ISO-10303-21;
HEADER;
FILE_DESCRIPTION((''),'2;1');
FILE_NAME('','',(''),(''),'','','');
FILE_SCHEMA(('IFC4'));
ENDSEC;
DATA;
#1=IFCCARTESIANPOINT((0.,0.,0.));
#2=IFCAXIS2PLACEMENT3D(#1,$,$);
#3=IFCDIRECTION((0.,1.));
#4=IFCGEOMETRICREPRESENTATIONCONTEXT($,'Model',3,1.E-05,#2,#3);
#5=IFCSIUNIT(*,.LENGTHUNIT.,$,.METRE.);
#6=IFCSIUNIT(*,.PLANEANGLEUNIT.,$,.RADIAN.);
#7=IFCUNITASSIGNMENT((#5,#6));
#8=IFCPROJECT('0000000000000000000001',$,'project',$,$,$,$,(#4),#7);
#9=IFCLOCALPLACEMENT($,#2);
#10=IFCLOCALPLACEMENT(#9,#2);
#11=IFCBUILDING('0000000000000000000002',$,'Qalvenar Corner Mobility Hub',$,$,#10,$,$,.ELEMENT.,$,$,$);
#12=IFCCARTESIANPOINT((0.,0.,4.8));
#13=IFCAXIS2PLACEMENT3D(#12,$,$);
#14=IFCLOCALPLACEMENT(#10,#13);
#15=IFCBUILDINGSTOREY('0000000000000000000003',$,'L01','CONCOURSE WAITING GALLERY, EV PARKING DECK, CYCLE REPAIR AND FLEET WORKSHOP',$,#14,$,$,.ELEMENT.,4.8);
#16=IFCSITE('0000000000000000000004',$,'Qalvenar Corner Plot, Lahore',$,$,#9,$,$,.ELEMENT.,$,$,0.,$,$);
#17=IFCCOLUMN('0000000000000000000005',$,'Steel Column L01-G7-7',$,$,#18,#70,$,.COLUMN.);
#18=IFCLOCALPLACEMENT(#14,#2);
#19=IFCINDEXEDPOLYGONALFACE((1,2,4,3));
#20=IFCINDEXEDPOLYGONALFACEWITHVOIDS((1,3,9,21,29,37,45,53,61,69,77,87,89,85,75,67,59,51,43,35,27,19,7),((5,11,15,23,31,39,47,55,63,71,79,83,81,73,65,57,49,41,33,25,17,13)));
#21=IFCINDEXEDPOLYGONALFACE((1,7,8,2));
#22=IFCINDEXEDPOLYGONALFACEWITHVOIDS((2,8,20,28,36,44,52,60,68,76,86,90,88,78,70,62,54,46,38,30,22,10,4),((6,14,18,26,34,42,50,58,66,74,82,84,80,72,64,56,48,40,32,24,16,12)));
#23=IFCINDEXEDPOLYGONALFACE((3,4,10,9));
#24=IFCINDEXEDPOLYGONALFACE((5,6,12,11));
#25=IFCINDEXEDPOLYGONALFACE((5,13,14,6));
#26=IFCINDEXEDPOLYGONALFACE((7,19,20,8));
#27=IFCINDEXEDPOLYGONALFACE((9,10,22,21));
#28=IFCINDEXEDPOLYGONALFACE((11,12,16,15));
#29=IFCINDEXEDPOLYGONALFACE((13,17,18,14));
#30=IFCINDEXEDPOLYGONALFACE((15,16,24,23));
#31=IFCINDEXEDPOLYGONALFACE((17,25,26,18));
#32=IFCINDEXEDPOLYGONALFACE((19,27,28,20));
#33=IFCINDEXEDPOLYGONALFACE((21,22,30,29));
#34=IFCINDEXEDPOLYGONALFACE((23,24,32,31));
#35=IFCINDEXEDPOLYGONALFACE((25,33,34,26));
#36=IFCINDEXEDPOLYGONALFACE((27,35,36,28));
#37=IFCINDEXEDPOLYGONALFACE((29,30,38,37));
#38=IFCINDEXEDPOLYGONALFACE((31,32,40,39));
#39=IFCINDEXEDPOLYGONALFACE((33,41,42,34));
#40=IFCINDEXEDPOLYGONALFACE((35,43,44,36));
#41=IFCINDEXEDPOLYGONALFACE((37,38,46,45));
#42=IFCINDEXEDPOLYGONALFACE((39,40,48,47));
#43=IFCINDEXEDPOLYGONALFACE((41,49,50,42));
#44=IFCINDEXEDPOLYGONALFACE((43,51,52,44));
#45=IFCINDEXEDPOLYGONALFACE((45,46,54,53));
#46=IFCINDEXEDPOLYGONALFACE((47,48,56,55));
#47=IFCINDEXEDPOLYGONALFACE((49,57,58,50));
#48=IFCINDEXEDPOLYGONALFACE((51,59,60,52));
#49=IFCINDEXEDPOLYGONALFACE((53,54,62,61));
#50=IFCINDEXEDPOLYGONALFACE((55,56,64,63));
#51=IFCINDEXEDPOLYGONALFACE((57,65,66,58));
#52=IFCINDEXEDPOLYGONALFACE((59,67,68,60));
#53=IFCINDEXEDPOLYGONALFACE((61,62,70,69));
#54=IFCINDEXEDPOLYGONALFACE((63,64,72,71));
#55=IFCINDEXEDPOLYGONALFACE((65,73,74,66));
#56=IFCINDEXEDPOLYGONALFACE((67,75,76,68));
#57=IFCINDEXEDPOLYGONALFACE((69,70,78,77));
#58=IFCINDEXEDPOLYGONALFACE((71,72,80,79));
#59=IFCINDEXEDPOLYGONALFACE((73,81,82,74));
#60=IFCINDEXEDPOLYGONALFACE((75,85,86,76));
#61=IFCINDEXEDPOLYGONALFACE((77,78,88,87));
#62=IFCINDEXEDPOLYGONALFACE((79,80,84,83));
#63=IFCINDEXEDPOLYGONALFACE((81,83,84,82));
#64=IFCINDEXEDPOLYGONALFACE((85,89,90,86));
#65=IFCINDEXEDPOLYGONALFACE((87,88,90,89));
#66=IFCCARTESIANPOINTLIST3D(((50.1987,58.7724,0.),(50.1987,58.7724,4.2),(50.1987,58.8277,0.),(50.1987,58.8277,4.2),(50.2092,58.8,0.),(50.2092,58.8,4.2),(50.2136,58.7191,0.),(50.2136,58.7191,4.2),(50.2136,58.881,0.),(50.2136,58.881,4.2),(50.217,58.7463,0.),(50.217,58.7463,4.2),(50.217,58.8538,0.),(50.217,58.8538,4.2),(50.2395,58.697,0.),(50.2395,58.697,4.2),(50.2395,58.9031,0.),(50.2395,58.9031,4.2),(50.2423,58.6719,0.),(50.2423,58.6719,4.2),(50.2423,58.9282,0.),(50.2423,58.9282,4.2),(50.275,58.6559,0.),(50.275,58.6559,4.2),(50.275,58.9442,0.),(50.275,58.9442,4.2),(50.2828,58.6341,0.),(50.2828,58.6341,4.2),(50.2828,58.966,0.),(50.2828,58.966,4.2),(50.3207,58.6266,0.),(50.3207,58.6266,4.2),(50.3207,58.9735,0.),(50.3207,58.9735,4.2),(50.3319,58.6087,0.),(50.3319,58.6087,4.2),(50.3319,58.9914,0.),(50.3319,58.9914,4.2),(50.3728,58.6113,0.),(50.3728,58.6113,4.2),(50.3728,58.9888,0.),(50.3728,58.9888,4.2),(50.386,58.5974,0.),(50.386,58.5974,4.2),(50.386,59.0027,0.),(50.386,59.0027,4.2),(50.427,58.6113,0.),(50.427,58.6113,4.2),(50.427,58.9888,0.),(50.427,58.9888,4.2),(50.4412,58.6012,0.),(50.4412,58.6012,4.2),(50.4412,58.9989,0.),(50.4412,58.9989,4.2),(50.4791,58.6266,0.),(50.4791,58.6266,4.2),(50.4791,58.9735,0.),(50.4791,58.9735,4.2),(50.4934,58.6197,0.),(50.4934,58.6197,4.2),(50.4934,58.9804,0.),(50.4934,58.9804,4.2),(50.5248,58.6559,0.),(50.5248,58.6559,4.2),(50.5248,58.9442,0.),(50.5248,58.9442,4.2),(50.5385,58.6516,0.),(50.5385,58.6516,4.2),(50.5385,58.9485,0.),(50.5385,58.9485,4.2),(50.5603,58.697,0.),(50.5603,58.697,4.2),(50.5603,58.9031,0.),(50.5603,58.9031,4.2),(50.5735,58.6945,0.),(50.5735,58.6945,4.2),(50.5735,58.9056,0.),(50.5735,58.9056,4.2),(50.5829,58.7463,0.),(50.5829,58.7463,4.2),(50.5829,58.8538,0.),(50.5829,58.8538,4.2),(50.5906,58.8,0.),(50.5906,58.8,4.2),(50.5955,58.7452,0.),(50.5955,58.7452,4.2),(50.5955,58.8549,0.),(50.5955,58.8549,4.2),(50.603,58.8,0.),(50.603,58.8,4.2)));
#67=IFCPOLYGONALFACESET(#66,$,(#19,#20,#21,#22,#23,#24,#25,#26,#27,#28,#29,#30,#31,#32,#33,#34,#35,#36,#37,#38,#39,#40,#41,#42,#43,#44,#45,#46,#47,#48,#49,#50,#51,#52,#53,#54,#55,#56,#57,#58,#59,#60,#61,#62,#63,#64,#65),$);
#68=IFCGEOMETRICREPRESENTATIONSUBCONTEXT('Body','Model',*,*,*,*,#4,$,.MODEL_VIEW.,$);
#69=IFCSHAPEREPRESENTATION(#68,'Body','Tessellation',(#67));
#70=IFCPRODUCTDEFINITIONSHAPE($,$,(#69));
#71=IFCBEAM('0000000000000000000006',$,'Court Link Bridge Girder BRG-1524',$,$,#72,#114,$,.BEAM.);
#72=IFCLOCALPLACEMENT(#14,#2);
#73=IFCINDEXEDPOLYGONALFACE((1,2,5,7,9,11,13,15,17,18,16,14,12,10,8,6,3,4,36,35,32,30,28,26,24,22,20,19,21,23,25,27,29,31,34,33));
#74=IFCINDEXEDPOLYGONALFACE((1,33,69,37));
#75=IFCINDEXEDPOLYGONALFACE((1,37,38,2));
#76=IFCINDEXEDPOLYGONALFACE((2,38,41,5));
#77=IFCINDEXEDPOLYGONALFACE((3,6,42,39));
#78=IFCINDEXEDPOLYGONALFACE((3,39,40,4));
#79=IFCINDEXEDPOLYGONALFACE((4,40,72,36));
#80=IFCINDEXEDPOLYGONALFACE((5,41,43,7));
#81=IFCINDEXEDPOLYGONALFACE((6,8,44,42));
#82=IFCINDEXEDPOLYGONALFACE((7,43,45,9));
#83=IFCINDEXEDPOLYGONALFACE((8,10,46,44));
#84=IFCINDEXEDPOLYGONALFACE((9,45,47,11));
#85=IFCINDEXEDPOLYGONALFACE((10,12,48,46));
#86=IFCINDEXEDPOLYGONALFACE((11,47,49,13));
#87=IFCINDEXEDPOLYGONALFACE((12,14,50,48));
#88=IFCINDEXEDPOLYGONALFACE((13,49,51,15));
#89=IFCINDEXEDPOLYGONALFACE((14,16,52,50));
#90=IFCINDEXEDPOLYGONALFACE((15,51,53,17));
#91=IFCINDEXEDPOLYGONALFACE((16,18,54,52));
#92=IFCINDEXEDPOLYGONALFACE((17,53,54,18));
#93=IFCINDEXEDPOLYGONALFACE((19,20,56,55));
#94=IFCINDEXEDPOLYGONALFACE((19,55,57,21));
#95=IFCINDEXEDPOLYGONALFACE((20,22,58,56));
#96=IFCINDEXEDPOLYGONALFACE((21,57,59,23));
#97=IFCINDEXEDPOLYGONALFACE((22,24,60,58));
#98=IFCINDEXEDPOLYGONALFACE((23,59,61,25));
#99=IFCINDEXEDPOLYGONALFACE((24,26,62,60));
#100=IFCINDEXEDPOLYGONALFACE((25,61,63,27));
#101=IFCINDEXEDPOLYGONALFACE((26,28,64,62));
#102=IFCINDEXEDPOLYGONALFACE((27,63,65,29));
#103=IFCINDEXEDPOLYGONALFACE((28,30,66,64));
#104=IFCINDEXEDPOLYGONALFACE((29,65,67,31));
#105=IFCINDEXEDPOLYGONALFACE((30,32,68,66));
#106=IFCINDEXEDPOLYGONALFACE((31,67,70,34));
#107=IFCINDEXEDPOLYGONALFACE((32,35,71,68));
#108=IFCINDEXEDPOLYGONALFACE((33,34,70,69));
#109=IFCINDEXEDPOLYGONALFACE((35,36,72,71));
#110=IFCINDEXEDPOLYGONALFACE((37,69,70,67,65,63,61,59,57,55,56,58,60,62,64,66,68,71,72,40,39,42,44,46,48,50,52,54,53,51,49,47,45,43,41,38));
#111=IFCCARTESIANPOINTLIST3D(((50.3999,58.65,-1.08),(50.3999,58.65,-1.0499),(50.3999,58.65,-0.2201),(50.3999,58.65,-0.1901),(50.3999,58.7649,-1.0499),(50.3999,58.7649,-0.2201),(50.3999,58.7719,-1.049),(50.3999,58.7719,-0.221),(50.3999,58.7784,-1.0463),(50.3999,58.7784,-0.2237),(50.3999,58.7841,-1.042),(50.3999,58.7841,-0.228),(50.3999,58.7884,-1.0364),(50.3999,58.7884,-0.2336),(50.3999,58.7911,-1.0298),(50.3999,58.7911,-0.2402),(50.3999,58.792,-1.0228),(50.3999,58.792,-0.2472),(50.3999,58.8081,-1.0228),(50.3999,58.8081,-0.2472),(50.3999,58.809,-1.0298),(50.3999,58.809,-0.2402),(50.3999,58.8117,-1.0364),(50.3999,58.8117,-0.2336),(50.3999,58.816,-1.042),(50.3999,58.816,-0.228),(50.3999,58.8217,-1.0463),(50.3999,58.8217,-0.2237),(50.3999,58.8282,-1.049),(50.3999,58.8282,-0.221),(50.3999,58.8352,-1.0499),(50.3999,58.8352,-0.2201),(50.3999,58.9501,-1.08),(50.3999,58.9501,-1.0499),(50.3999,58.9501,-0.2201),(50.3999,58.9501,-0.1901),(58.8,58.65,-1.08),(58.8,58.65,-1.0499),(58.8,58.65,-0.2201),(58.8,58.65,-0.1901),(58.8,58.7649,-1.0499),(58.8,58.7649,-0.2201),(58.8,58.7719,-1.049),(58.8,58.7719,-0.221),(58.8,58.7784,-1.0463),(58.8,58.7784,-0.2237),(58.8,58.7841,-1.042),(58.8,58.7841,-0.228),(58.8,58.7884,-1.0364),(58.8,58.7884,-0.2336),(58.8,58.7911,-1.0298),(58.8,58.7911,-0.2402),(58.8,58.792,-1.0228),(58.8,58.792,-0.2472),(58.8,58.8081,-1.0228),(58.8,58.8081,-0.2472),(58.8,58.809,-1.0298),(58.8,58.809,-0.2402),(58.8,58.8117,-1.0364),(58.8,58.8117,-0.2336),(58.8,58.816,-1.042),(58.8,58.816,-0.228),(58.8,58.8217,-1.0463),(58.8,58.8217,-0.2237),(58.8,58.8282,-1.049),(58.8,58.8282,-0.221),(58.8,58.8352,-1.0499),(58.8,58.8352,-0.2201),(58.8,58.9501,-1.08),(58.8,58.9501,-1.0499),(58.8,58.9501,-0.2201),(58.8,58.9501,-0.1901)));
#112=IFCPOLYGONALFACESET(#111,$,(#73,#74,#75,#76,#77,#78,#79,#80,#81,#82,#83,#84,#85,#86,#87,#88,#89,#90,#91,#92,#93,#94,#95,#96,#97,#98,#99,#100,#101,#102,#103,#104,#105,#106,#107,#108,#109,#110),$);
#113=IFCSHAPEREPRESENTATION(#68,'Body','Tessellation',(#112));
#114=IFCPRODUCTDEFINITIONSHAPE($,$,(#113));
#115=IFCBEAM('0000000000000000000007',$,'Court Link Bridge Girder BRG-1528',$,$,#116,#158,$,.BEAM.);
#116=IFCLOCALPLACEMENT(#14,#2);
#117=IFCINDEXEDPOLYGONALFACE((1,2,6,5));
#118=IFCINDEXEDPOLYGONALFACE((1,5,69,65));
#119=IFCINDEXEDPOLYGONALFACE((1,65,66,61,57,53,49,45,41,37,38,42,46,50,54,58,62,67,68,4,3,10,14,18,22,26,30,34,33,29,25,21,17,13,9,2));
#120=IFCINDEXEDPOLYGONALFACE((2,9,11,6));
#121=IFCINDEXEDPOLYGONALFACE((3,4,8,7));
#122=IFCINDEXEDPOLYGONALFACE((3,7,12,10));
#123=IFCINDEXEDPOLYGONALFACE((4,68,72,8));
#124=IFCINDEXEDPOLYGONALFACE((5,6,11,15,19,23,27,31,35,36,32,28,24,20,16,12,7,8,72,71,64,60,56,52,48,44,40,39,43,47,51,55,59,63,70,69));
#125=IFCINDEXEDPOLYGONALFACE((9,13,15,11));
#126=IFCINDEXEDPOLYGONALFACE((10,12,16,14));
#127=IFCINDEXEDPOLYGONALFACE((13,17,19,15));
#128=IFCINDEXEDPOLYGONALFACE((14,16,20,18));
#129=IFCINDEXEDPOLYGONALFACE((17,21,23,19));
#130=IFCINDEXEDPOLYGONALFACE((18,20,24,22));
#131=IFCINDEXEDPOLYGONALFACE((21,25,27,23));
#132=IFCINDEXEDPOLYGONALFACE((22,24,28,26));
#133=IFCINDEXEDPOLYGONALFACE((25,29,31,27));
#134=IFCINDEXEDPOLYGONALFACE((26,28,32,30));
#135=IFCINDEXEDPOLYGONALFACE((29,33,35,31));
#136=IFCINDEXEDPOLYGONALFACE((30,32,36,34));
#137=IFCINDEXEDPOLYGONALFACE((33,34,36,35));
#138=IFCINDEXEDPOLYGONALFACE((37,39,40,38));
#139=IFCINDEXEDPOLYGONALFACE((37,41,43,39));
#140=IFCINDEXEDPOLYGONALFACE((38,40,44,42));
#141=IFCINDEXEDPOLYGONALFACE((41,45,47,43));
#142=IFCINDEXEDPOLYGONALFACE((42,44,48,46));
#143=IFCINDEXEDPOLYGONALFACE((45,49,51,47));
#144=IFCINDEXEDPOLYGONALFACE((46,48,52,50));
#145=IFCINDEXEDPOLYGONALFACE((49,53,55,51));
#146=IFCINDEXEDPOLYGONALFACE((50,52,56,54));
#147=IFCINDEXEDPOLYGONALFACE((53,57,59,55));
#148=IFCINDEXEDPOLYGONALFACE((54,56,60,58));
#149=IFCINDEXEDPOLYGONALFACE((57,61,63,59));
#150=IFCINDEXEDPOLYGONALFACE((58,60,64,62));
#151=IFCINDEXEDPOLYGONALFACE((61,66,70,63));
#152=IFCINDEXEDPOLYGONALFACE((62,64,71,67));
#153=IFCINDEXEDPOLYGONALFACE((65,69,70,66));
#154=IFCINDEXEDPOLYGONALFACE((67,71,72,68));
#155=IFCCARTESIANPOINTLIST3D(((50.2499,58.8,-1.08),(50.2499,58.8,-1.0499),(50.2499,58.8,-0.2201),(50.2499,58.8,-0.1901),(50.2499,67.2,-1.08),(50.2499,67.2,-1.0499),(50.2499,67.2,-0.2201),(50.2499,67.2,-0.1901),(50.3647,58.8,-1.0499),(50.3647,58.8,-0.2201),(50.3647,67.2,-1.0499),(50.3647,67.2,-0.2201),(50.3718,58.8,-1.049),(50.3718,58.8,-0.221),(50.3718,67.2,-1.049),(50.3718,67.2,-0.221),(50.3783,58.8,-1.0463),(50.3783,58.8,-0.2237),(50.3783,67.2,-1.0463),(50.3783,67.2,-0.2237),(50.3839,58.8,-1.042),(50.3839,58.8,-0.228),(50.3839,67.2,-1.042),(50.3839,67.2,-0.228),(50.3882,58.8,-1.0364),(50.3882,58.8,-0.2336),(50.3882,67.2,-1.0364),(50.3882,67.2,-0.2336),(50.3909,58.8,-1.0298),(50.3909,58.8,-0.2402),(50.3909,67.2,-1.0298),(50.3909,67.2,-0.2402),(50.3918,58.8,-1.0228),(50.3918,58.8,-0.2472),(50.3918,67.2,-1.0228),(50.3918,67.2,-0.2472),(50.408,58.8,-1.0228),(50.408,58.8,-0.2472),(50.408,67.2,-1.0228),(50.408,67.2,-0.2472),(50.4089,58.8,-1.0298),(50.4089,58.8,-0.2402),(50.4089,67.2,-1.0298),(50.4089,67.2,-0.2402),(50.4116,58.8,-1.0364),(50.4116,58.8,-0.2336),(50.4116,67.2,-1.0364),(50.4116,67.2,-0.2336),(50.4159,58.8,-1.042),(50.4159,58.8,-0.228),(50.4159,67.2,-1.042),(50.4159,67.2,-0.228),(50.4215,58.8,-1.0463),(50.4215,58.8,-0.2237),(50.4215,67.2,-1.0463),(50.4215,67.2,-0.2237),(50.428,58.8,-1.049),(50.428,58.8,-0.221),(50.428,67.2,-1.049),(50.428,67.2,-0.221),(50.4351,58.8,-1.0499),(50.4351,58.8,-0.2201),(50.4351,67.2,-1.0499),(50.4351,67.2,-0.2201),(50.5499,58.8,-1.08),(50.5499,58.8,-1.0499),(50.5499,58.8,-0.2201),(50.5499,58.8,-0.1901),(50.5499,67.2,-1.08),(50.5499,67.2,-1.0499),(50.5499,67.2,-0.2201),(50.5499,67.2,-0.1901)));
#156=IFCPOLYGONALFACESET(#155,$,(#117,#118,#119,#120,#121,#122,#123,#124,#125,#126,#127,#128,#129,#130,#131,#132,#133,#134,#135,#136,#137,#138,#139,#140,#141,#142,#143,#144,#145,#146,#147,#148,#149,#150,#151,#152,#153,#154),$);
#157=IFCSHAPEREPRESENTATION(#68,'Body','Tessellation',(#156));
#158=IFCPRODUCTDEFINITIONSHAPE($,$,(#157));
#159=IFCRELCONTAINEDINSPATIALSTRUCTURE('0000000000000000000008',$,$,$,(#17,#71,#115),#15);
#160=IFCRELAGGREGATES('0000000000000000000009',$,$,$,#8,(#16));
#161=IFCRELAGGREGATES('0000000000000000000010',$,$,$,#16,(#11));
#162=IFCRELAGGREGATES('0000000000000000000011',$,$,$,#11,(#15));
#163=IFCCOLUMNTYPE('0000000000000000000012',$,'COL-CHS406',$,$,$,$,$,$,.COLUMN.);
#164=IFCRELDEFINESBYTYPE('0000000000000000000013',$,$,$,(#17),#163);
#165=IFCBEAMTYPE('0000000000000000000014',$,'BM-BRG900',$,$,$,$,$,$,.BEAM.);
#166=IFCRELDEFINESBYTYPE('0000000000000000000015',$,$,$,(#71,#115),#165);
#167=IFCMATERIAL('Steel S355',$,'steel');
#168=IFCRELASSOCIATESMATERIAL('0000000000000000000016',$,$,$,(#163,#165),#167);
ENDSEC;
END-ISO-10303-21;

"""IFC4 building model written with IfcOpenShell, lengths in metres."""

from ifc_helpers import new_model, si_unit, direction, frame, origin, origin_2d, place, context, subcontext, project, spatial, hollow_circle, i_section, extrude, material, material_profile, profile_set, type_object, element, save


model = new_model("IFC4")

# Units and contexts
model_context = context("Model", 3, precision=1e-05, world=origin(), true_north=direction((0.0, 1.0)))
body_context = subcontext(model_context, "Body", "Model", "MODEL_VIEW")
ifc_project = project(units=[si_unit("LENGTHUNIT", "METRE"), si_unit("PLANEANGLEUNIT", "RADIAN")], contexts=[model_context])

# Site, building, storey
site_placement = place(None, origin())
site = spatial("IfcSite", under=ifc_project, at=site_placement, Name="Qalvenar Corner Plot, Lahore", CompositionType="ELEMENT", RefElevation=0.0)
building_placement = place(site_placement, origin())
building = spatial("IfcBuilding", under=site, at=building_placement, Name="Qalvenar Corner Mobility Hub", CompositionType="ELEMENT")
storey_placement = place(building_placement, frame((0.0, 0.0, 4.8)))
storey = spatial("IfcBuildingStorey", under=building, at=storey_placement, Name="L01", Description="CONCOURSE WAITING GALLERY, EV PARKING DECK, CYCLE REPAIR AND FLEET WORKSHOP", CompositionType="ELEMENT", Elevation=4.8)

# Column
ifc_material_1 = material(Name="Steel S355", Category="steel")
ifc_material_profile_1 = material_profile(ifc_material_1, hollow_circle(Radius=0.2031, WallThickness=0.0125, at=origin_2d()), Name="CHS406.4x12.5")
ifc_profile_set_1 = profile_set([ifc_material_profile_1], Name="Steel S355")
column_type = type_object("IfcColumnType", Name="COL-CHS406", PredefinedType="COLUMN", material=ifc_profile_set_1)
column_placement = place(storey_placement, frame((50.3999, 58.8, 0.0), z_axis=(0.0, 0.0, 1.0), x_axis=(1.0, 0.0, 0.0)))
element("IfcColumn", 1, at=column_placement, inside=storey, type_object=column_type, Name="Steel Column L01-G7-7", PredefinedType="COLUMN", context=body_context, shape_type="SweptSolid", body=[
    extrude(hollow_circle(Radius=0.2031, WallThickness=0.0125, at=origin_2d()), origin(), (0.0, 0.0, 1.0), 4.2),
])

# Beams
ifc_material_profile_2 = material_profile(ifc_material_1, i_section(OverallWidth=0.3, OverallDepth=0.8899, WebThickness=0.0161, FlangeThickness=0.03, FilletRadius=0.0271, at=origin_2d()), Name="HEA900")
ifc_profile_set_2 = profile_set([ifc_material_profile_2], Name="Steel S355")
beam_type_1 = type_object("IfcBeamType", Name="BM-BRG900", PredefinedType="BEAM", material=ifc_profile_set_2)
beam_1_placement = place(storey_placement, frame((50.3999, 58.8, -0.635), z_axis=(1.0, 0.0, 0.0), x_axis=(0.0, 1.0, 0.0)))
element("IfcBeam", 2, at=beam_1_placement, inside=storey, type_object=beam_type_1, Name="Court Link Bridge Girder BRG-1524", PredefinedType="BEAM", context=body_context, shape_type="SweptSolid", body=[
    extrude(i_section(OverallWidth=0.3, OverallDepth=0.8899, WebThickness=0.0161, FlangeThickness=0.03, FilletRadius=0.0271, at=origin_2d()), origin(), (0.0, 0.0, 1.0), 8.4001),
])
beam_2_placement = place(storey_placement, frame((50.3999, 58.8, -0.635), z_axis=(0.0, 1.0, 0.0), x_axis=(-1.0, 0.0, 0.0)))
element("IfcBeam", 3, at=beam_2_placement, inside=storey, type_object=beam_type_1, Name="Court Link Bridge Girder BRG-1528", PredefinedType="BEAM", context=body_context, shape_type="SweptSolid", body=[
    extrude(i_section(OverallWidth=0.3, OverallDepth=0.8899, WebThickness=0.0161, FlangeThickness=0.03, FilletRadius=0.0271, at=origin_2d()), origin(), (0.0, 0.0, 1.0), 8.3999),
])

save(model, "model.ifc")
